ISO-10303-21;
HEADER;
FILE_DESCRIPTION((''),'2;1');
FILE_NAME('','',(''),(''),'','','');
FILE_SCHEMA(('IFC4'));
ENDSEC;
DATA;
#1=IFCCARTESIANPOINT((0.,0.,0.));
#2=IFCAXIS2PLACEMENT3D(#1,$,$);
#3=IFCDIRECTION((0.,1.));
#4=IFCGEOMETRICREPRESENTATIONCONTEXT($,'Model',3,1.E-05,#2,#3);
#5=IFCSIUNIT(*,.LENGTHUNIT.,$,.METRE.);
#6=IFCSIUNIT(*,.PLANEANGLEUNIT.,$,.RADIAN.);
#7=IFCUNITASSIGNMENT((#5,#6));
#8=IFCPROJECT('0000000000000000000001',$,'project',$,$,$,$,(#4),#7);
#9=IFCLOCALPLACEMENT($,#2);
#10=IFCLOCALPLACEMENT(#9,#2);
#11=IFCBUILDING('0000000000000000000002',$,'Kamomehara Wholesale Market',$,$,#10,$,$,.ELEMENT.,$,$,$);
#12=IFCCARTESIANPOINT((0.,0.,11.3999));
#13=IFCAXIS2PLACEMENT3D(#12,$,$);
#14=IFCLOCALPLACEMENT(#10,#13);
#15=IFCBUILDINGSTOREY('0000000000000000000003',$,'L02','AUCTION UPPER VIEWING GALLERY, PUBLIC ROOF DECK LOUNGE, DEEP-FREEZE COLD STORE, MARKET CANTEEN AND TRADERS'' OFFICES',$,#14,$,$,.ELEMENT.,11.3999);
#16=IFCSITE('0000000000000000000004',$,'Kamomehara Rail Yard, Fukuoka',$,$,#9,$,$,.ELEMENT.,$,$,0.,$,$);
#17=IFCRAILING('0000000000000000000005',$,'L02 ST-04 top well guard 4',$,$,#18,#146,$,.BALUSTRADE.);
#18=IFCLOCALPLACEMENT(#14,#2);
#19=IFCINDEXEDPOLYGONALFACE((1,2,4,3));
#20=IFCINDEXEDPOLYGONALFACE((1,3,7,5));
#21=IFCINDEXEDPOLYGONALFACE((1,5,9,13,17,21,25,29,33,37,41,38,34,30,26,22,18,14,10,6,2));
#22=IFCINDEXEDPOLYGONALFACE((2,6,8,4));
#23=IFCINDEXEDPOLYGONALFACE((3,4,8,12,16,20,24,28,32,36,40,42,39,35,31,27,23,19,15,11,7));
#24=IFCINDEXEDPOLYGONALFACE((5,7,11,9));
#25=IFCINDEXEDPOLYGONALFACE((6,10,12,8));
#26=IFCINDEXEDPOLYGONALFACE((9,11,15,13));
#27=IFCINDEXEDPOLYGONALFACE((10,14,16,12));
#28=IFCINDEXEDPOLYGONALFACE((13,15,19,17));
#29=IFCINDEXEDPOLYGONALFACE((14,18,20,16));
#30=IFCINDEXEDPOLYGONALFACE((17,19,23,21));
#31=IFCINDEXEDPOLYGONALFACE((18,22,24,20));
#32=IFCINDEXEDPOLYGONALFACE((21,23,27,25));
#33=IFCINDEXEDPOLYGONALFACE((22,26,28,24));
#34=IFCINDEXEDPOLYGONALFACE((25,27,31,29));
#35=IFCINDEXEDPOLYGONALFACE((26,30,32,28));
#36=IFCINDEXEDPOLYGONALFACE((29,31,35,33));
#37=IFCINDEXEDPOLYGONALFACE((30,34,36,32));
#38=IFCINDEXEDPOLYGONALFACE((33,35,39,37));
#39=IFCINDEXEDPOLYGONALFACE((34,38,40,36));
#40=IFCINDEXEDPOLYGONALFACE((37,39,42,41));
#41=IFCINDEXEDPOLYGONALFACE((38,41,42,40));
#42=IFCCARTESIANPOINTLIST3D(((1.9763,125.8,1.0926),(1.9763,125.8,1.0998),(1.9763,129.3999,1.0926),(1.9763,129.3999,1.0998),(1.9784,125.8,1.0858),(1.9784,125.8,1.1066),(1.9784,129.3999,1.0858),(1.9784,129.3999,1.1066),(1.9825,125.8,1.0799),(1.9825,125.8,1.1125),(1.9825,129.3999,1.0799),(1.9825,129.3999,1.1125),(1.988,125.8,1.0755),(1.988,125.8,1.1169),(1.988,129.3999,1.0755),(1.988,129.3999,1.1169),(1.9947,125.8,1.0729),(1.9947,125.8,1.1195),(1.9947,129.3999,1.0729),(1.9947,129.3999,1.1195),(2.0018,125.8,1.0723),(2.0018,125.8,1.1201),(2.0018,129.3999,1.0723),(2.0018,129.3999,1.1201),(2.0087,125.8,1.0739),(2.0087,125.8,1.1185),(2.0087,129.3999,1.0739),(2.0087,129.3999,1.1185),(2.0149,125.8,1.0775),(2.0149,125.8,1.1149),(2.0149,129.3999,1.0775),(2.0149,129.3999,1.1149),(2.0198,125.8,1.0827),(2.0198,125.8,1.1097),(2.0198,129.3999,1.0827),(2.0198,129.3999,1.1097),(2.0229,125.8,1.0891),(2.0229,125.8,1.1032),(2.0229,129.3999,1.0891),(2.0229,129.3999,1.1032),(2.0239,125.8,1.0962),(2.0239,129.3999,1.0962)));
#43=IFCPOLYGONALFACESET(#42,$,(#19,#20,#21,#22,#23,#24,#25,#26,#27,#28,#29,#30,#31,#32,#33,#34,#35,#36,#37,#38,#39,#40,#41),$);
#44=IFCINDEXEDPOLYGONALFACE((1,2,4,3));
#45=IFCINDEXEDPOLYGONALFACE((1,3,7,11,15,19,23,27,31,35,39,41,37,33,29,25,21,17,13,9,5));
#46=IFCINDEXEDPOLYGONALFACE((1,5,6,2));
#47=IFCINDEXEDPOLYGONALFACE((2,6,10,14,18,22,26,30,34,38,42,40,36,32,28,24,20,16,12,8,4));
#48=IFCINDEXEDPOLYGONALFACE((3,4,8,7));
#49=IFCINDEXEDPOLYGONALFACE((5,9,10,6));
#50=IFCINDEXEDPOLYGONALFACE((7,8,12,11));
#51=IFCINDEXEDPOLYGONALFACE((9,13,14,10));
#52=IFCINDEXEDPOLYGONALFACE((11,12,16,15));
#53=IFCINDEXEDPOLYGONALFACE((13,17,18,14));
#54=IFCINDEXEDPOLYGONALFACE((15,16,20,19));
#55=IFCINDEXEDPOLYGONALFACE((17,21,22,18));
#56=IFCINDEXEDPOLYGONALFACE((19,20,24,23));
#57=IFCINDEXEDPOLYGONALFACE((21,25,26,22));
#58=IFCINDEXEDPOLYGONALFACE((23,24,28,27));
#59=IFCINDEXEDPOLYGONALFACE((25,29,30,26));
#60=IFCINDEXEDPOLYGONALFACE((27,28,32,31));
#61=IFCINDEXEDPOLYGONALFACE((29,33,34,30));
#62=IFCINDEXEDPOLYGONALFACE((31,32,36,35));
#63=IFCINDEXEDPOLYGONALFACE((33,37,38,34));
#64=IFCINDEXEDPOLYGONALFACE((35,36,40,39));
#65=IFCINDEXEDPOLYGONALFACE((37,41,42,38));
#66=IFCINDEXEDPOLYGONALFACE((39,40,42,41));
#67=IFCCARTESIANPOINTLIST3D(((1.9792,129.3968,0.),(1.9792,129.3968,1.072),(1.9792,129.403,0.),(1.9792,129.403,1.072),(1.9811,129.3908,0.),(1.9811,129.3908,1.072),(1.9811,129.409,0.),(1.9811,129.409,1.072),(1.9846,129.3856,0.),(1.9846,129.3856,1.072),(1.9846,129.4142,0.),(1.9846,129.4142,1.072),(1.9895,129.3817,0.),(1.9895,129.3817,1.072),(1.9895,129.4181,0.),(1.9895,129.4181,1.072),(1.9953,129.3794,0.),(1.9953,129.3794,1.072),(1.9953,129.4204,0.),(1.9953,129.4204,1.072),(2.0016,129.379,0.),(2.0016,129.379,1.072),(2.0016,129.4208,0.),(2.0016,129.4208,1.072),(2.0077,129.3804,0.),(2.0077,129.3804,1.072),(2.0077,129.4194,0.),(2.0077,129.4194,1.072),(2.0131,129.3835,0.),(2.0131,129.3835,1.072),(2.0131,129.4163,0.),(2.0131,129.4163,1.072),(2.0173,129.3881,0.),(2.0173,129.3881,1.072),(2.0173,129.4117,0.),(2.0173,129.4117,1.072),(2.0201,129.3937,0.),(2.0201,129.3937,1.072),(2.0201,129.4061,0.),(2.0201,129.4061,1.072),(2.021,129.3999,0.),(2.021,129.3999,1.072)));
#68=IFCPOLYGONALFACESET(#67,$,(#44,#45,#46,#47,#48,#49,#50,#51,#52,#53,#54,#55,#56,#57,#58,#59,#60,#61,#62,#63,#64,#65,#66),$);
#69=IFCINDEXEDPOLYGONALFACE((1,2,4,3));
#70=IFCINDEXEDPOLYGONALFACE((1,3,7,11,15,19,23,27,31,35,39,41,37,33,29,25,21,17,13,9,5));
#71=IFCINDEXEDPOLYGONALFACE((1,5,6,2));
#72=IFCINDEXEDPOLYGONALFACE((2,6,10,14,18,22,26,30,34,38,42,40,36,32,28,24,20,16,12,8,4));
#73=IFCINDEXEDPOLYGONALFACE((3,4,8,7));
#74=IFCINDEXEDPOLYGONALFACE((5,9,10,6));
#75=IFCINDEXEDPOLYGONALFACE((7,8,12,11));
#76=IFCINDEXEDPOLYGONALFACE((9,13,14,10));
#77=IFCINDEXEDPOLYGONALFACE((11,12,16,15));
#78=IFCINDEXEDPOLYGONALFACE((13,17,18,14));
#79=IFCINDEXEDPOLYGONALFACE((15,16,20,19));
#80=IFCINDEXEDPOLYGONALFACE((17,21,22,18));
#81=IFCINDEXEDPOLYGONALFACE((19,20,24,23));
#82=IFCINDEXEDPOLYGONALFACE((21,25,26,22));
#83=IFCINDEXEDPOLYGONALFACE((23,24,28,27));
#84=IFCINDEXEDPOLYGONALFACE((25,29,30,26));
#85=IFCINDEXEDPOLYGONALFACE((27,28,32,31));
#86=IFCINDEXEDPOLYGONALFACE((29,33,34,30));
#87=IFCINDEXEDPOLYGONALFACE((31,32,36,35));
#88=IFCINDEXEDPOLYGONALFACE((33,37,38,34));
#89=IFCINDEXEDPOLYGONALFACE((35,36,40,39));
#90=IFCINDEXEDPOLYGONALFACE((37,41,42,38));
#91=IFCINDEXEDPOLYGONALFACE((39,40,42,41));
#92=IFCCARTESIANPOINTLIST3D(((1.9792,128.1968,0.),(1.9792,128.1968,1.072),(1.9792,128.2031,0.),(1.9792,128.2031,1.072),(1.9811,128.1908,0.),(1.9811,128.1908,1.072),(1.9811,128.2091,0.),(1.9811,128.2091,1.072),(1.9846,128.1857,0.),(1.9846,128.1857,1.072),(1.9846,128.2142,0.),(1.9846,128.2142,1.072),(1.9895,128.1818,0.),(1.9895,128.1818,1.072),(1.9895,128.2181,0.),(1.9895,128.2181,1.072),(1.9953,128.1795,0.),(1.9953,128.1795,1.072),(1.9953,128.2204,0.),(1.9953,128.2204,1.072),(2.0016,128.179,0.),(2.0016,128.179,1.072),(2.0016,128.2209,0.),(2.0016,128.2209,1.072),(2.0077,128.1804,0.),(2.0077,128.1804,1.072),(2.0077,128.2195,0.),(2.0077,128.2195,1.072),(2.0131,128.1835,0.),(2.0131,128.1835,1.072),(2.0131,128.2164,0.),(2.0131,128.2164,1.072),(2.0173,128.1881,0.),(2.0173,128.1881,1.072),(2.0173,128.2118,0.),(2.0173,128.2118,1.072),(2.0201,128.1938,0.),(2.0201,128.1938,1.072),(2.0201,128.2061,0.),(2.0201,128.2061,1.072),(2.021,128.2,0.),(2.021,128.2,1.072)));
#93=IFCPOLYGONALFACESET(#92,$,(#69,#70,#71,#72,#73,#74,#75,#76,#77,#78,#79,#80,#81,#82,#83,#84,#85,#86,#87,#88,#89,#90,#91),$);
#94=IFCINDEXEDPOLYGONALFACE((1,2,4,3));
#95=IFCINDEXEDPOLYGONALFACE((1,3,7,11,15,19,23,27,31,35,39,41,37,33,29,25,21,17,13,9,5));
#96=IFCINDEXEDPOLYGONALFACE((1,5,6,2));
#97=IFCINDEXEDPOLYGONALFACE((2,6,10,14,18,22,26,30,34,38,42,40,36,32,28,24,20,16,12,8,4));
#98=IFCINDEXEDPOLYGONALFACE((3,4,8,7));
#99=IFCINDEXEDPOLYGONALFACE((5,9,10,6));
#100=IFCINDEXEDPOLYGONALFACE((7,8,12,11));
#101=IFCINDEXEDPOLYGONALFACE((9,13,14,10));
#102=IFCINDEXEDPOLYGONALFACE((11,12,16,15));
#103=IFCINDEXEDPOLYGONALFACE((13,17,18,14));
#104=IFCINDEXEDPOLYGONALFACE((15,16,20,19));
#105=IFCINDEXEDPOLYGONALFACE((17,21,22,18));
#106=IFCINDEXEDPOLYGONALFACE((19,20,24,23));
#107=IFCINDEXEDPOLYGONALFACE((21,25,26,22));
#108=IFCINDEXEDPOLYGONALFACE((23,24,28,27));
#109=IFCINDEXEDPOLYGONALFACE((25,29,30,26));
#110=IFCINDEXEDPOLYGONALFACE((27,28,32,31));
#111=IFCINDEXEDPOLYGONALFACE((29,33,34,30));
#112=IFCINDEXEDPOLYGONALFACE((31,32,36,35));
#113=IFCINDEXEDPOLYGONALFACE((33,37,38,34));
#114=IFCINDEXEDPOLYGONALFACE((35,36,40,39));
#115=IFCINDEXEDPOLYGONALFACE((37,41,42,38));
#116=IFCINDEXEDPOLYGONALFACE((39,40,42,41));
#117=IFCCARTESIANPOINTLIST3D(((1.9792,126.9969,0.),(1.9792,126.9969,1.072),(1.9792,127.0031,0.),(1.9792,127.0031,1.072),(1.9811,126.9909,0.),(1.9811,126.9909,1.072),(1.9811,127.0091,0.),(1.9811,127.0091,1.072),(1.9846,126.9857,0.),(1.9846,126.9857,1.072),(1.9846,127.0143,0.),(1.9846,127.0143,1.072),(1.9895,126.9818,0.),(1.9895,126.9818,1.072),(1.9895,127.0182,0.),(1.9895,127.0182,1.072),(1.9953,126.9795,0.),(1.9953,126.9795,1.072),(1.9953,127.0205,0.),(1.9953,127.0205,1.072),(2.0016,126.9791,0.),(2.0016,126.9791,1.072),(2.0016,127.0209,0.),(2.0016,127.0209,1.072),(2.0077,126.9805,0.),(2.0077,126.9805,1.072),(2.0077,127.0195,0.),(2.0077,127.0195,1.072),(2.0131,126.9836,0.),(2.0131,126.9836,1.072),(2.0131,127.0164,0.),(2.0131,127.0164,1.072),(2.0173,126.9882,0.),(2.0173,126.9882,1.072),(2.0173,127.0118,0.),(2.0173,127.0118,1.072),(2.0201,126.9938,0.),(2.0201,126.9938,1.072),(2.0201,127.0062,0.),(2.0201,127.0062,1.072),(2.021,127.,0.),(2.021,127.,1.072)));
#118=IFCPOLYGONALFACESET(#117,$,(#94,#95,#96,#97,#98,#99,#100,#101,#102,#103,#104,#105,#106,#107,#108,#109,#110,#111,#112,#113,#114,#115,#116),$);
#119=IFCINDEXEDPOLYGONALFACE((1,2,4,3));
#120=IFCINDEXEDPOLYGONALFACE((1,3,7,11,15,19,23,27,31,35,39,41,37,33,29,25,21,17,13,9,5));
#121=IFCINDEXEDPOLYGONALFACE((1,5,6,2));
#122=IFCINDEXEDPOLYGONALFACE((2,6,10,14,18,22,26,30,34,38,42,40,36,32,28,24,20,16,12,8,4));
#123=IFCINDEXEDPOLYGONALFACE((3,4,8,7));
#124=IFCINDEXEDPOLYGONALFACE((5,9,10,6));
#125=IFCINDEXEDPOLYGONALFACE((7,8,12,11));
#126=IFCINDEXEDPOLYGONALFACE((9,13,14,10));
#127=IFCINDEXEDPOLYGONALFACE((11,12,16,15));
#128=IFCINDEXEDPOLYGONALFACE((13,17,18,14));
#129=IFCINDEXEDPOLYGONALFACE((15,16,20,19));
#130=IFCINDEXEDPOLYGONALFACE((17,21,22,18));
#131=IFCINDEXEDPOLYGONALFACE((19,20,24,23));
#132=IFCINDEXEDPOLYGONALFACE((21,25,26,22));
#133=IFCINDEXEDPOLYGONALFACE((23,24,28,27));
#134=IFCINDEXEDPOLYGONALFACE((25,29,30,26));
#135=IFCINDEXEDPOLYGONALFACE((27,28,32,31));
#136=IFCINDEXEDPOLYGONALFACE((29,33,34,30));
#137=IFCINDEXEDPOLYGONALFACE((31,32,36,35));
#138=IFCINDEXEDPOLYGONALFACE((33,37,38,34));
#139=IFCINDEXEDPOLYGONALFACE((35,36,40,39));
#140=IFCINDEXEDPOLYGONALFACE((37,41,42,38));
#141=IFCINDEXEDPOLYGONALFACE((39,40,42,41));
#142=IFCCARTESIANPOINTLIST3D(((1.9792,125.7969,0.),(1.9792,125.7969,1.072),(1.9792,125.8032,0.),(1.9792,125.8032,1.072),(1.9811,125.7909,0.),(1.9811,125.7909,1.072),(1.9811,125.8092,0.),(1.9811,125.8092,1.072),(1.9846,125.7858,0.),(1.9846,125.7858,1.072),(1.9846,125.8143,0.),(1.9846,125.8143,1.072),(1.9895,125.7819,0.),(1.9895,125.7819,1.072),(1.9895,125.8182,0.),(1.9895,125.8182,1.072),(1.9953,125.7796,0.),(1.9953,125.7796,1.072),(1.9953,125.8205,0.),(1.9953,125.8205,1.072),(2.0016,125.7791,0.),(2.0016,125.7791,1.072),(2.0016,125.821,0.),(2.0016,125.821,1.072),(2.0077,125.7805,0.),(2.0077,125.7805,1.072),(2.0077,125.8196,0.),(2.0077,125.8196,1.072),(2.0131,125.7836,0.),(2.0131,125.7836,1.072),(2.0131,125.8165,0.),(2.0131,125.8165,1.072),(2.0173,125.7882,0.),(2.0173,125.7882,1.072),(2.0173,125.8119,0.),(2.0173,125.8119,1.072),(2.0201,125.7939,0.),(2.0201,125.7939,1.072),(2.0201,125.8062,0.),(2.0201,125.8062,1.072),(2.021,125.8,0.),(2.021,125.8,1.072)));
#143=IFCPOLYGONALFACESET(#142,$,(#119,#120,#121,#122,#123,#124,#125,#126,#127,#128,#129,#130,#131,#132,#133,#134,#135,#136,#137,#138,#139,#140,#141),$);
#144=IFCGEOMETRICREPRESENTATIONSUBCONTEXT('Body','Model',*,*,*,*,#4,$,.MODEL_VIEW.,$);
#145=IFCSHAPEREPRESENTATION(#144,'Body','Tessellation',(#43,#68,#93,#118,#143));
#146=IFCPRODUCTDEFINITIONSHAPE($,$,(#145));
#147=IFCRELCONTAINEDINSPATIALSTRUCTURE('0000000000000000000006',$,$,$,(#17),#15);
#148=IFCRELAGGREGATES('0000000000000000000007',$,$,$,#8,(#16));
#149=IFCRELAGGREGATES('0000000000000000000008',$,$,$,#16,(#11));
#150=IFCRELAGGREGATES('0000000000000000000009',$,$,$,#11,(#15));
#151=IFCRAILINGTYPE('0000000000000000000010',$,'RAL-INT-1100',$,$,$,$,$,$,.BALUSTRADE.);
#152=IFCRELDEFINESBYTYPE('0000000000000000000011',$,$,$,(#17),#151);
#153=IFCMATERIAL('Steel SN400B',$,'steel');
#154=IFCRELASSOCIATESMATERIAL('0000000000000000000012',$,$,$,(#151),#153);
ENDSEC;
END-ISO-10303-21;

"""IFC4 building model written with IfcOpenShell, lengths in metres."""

from ifc_helpers import new_model, si_unit, direction, frame, origin, origin_2d, place, context, subcontext, project, spatial, circle, extrude, material, type_object, element, save


model = new_model("IFC4")

# Units and contexts
model_context = context("Model", 3, precision=1e-05, world=origin(), true_north=direction((0.0, 1.0)))
body_context = subcontext(model_context, "Body", "Model", "MODEL_VIEW")
ifc_project = project(units=[si_unit("LENGTHUNIT", "METRE"), si_unit("PLANEANGLEUNIT", "RADIAN")], contexts=[model_context])

# Site, building, storey
site_placement = place(None, origin())
site = spatial("IfcSite", under=ifc_project, at=site_placement, Name="Kamomehara Rail Yard, Fukuoka", CompositionType="ELEMENT", RefElevation=0.0)
building_placement = place(site_placement, origin())
building = spatial("IfcBuilding", under=site, at=building_placement, Name="Kamomehara Wholesale Market", CompositionType="ELEMENT")
storey_placement = place(building_placement, frame((0.0, 0.0, 11.3999)))
storey = spatial("IfcBuildingStorey", under=building, at=storey_placement, Name="L02", Description="AUCTION UPPER VIEWING GALLERY, PUBLIC ROOF DECK LOUNGE, DEEP-FREEZE COLD STORE, MARKET CANTEEN AND TRADERS' OFFICES", CompositionType="ELEMENT", Elevation=11.3999)

# Railing
ifc_material_1 = material(Name="Steel SN400B", Category="steel")
railing_type = type_object("IfcRailingType", Name="RAL-INT-1100", PredefinedType="BALUSTRADE", material=ifc_material_1)
railing_1_placement = place(storey_placement, frame((2.0, 129.3999, 0.0)))
element("IfcRailing", 1, at=railing_1_placement, inside=storey, type_object=railing_type, Name="L02 ST-04 top well guard 4", PredefinedType="BALUSTRADE", context=body_context, shape_type="SweptSolid", body=[
    extrude(circle(Radius=0.0239, at=origin_2d()), frame((0.0, 0.0, 1.0962), z_axis=(0.0, -1.0, 0.0), x_axis=(1.0, 0.0, 0.0)), (0.0, 0.0, 1.0), 3.5999),
    extrude(circle(Radius=0.021, at=origin_2d()), origin(), (0.0, 0.0, 1.0), 1.072),
    extrude(circle(Radius=0.021, at=origin_2d()), frame((0.0, -1.2, 0.0)), (0.0, 0.0, 1.0), 1.072),
    extrude(circle(Radius=0.021, at=origin_2d()), frame((0.0, -2.3999, 0.0)), (0.0, 0.0, 1.0), 1.072),
    extrude(circle(Radius=0.021, at=origin_2d()), frame((0.0, -3.5999, 0.0)), (0.0, 0.0, 1.0), 1.072),
])

save(model, "model.ifc")
